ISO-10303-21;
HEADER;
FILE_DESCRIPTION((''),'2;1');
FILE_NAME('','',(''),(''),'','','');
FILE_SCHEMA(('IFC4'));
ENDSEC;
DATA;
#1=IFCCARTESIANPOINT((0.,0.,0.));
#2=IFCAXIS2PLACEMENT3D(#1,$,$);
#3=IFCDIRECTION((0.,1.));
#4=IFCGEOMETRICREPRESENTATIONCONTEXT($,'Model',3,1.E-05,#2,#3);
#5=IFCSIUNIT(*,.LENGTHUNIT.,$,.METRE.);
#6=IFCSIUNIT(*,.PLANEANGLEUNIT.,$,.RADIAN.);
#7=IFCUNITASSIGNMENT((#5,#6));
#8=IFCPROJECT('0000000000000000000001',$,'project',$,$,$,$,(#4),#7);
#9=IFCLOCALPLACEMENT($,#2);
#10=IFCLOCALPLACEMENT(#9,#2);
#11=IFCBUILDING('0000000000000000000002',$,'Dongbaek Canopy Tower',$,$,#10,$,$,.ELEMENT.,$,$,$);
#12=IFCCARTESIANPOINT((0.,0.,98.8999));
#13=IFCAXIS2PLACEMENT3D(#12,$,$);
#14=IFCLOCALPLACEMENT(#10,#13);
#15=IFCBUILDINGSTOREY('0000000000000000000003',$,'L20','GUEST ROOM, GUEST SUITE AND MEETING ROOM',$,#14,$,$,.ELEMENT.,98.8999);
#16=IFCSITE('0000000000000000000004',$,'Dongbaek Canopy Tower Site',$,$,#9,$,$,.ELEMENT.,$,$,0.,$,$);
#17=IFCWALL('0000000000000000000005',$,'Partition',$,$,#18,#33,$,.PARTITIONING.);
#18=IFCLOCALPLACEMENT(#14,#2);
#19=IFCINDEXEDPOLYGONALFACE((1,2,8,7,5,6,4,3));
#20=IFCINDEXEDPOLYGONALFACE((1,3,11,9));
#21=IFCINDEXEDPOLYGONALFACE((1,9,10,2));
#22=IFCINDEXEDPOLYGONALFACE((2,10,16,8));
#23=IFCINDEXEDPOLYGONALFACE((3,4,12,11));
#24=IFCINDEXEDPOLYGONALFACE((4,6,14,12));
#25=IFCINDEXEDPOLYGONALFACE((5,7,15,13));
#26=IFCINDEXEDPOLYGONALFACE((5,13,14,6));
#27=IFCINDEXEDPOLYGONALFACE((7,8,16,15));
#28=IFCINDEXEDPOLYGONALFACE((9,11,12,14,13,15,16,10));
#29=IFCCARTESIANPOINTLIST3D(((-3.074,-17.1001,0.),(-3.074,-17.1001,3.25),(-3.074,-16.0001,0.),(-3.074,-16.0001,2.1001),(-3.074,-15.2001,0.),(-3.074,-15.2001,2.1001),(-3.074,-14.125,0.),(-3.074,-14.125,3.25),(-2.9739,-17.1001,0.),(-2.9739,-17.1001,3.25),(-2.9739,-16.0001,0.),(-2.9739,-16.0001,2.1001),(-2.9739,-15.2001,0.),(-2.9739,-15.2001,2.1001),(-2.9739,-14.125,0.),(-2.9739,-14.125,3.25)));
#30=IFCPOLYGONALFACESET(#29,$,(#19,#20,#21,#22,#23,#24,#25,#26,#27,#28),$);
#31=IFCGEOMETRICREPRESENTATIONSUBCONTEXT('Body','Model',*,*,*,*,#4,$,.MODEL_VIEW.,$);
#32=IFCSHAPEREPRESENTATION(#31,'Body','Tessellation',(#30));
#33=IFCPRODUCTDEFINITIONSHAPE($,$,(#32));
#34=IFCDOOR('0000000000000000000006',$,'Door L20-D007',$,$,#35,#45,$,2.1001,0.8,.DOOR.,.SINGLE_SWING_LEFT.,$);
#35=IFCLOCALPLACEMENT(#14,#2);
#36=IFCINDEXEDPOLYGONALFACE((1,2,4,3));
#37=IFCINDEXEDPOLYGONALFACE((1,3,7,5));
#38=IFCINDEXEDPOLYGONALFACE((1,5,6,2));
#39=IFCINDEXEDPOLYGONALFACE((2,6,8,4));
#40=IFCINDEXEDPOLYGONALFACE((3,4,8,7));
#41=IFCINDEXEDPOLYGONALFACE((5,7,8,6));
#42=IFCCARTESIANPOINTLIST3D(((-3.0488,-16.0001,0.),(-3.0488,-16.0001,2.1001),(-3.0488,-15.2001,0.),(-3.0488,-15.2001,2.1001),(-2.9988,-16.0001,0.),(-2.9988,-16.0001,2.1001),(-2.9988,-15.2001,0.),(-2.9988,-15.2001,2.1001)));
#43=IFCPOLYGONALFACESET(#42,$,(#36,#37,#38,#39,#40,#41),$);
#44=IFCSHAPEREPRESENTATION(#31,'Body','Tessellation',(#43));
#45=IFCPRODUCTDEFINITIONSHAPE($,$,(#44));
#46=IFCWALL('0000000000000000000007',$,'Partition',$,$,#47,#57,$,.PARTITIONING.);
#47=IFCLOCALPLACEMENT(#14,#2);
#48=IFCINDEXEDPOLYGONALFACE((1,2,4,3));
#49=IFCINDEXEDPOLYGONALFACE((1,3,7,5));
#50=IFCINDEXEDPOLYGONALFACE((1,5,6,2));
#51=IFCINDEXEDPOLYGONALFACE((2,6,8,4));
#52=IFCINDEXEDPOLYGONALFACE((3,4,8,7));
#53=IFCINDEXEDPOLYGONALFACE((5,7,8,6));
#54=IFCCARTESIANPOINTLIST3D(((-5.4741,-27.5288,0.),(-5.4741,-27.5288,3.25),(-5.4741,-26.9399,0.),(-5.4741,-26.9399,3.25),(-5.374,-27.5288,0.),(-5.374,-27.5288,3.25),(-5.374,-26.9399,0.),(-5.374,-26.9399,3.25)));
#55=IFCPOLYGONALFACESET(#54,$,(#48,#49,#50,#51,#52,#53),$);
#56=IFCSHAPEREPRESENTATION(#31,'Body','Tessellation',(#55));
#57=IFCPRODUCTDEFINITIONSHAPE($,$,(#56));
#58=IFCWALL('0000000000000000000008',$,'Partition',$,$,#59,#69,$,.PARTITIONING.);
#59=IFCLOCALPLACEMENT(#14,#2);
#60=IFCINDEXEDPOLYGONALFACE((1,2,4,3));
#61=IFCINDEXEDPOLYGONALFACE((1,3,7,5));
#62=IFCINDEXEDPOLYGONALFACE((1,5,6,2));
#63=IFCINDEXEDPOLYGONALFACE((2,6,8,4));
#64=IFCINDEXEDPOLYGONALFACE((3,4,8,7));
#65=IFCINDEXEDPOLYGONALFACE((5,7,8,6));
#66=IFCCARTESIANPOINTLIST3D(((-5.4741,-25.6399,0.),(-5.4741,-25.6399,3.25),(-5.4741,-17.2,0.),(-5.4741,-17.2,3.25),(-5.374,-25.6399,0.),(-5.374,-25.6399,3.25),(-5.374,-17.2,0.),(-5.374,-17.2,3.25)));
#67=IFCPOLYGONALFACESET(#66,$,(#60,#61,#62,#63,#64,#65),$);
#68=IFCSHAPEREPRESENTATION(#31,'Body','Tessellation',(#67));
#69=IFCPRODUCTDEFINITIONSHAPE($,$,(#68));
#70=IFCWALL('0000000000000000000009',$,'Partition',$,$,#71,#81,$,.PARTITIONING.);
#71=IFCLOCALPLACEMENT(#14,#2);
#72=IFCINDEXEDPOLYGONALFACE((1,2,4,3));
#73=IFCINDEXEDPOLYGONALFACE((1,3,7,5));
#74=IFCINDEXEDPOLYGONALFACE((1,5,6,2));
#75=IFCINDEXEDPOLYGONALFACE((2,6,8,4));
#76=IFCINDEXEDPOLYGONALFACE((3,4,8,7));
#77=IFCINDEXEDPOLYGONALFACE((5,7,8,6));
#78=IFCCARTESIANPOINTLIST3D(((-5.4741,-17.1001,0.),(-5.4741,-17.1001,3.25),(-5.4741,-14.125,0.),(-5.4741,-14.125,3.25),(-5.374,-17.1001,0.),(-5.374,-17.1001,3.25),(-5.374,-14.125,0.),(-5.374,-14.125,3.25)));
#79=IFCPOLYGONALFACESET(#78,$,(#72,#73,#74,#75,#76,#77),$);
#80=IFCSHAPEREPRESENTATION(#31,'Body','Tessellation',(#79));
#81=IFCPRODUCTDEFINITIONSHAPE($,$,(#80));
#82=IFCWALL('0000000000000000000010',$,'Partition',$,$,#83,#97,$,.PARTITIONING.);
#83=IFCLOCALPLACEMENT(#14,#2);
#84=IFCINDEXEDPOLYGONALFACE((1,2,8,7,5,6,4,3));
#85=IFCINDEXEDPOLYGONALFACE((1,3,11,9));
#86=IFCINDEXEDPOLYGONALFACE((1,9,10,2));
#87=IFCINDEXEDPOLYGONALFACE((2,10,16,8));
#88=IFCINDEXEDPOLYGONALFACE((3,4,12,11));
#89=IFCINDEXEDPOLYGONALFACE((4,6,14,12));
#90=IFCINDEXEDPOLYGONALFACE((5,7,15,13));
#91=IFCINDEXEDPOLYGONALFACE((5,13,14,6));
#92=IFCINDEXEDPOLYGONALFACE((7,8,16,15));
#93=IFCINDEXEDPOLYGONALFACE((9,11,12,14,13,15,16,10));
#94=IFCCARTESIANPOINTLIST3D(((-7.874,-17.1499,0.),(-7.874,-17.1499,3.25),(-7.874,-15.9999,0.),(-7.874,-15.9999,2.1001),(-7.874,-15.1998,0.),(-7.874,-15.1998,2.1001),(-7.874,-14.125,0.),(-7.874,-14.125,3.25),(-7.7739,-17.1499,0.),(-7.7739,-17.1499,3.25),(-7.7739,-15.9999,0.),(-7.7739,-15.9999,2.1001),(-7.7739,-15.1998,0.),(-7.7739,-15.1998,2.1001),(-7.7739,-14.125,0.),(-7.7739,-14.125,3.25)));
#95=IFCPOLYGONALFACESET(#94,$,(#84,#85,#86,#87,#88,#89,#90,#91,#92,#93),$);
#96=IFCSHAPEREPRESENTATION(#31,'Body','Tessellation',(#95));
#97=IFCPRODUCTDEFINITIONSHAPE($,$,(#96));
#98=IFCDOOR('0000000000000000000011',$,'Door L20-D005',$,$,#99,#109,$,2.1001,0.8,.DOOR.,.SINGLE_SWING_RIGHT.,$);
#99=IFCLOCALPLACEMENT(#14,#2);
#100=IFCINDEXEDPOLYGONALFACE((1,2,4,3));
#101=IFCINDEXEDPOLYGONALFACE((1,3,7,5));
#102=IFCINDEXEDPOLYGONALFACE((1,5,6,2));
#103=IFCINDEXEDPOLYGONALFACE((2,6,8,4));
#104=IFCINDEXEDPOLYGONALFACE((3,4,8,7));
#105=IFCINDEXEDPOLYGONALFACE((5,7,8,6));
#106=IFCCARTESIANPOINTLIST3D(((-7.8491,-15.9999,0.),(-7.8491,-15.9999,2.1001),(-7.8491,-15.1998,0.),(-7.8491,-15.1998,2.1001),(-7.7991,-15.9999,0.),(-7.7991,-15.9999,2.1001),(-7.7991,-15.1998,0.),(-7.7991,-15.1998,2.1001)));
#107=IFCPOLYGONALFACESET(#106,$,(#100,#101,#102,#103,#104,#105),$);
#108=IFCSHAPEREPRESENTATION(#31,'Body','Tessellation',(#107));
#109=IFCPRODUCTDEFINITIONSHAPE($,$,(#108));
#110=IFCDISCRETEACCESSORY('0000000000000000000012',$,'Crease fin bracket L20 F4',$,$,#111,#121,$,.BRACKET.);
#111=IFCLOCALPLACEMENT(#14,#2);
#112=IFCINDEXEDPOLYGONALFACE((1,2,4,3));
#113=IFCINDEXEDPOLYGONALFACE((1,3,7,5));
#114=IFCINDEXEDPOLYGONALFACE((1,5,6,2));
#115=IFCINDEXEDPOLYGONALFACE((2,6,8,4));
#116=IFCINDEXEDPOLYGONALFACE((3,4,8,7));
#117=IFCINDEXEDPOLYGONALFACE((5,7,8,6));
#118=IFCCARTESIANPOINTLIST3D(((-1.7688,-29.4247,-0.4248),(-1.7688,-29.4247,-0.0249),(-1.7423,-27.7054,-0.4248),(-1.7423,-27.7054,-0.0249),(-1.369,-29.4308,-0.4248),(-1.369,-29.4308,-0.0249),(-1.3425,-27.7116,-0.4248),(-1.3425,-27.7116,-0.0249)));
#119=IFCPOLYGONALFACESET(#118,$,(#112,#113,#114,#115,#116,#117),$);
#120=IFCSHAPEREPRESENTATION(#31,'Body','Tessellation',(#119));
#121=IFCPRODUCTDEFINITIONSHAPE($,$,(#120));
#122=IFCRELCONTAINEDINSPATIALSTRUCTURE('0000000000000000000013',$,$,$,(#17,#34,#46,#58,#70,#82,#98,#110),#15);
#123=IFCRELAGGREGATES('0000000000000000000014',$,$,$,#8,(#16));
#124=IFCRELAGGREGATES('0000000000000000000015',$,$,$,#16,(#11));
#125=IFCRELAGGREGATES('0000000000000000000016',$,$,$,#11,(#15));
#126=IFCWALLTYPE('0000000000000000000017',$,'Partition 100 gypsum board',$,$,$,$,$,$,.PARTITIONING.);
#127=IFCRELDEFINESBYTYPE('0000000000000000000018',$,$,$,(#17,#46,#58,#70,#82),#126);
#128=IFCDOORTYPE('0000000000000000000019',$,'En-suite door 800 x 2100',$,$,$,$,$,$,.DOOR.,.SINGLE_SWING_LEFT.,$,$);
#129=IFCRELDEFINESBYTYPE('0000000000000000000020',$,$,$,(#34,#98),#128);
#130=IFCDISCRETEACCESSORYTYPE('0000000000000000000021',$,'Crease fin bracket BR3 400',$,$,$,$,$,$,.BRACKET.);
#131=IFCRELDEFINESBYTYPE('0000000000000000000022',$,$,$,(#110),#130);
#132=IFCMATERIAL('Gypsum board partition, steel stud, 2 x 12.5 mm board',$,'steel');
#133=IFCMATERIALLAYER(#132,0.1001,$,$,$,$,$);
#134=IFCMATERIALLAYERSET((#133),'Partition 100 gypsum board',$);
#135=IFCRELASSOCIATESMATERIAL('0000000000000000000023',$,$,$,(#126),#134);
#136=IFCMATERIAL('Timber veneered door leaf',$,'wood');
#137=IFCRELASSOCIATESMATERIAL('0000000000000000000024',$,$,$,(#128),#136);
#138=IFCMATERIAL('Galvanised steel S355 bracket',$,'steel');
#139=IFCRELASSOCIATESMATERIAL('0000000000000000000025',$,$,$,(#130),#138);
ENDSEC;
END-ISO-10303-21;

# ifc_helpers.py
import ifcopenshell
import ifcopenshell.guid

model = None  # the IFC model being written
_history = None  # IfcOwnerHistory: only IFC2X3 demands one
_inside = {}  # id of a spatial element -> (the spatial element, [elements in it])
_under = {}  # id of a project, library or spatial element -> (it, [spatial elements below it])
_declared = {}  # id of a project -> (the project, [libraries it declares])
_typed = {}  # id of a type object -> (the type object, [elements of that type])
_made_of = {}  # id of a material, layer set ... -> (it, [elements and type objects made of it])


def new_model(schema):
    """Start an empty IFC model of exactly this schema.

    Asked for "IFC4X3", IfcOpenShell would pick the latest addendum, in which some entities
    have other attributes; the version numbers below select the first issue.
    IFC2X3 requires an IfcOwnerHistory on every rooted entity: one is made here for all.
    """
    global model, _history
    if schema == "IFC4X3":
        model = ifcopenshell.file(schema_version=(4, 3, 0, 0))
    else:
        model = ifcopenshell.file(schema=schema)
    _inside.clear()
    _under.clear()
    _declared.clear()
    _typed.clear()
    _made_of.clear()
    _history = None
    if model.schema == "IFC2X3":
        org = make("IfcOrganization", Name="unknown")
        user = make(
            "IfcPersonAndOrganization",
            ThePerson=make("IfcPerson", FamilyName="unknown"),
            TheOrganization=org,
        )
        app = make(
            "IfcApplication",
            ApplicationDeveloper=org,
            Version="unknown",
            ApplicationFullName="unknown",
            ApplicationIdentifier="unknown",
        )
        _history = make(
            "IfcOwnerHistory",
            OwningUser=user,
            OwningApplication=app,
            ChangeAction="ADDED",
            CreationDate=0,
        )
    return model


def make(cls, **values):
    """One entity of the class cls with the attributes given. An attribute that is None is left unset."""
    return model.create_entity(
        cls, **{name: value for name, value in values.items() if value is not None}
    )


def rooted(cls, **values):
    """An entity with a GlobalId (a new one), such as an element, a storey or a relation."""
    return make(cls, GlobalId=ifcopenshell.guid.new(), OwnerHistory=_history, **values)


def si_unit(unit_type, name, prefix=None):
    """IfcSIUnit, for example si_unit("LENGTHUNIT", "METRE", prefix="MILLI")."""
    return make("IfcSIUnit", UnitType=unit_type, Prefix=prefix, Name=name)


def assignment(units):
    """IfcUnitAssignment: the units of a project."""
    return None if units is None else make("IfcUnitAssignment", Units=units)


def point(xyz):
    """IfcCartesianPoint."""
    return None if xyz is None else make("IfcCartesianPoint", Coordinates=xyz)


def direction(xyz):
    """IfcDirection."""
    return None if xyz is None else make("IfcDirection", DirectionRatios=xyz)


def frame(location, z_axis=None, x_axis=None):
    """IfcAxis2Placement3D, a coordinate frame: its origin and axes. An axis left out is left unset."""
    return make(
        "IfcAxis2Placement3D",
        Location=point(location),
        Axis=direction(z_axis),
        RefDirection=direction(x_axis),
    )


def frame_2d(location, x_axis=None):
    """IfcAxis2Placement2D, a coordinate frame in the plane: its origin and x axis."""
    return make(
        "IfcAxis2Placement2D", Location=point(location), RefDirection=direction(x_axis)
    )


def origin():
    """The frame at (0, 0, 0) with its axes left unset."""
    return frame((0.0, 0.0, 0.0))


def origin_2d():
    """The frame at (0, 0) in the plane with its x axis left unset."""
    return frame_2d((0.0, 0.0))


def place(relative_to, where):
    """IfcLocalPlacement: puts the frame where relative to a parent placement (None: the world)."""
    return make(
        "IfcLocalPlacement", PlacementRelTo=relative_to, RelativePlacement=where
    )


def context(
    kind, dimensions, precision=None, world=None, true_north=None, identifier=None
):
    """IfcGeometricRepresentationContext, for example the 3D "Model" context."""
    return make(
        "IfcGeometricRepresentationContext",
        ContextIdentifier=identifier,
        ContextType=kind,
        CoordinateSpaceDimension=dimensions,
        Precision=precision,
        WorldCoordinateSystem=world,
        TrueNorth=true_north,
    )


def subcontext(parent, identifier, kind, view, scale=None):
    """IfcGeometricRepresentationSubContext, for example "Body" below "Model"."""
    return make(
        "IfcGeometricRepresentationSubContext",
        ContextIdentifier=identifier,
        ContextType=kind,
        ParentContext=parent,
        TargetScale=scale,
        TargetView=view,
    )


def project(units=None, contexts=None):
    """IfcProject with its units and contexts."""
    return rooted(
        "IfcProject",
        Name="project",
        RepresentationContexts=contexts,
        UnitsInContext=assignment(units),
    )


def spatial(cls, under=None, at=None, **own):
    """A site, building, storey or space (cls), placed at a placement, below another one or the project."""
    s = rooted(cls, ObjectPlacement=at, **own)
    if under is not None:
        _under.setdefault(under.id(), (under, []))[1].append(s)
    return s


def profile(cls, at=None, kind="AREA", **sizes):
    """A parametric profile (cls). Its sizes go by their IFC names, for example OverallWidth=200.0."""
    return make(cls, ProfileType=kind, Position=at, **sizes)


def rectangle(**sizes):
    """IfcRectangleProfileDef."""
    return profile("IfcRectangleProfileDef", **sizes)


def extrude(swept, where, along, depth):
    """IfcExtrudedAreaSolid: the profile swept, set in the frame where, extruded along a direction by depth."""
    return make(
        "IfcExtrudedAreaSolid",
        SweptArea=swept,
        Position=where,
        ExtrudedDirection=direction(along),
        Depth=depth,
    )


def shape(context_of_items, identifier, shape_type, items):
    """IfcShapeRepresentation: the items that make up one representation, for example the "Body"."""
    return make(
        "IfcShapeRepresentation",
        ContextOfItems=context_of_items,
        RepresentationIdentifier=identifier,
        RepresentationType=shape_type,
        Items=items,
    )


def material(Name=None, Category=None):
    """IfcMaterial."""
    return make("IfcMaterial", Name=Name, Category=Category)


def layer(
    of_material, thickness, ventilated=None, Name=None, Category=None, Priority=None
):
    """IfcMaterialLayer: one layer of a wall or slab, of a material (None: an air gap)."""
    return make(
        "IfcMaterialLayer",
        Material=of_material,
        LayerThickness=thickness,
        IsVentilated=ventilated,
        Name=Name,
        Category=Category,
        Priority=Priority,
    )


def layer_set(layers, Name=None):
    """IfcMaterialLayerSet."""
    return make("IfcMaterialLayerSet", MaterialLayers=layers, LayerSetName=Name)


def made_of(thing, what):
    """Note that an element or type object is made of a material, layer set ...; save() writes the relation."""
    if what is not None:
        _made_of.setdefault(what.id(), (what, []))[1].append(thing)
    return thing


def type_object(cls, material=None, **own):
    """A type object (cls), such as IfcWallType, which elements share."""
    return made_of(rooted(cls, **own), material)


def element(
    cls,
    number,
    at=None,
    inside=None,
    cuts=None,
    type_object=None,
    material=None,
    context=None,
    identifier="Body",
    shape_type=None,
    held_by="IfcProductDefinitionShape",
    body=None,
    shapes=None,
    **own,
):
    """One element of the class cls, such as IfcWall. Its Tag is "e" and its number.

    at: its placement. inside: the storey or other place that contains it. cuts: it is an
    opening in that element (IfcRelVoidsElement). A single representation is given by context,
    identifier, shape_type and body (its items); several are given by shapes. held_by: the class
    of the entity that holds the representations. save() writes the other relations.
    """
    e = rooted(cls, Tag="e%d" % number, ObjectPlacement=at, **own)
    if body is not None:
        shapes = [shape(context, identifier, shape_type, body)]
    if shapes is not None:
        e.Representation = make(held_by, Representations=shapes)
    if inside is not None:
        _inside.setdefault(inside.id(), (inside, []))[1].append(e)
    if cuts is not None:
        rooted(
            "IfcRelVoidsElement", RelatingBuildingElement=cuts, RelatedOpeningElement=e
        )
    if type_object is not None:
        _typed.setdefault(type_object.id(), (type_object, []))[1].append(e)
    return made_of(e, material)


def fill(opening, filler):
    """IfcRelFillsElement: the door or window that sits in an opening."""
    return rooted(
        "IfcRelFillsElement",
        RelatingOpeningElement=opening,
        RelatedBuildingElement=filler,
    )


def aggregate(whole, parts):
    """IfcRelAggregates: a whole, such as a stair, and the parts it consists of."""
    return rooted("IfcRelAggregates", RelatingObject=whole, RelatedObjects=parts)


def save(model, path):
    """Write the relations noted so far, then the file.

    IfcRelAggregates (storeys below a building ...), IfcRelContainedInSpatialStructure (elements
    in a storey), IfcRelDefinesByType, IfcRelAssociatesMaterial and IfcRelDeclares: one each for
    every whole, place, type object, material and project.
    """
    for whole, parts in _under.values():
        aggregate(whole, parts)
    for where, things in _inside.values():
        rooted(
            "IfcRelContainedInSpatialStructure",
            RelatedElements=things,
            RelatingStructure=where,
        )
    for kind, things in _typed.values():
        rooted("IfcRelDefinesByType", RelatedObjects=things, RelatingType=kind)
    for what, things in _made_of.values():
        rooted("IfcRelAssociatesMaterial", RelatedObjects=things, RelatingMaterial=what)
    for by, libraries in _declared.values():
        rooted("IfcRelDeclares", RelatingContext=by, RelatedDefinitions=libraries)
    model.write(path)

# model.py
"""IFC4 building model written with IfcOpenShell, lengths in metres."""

from ifc_helpers import new_model, si_unit, direction, frame, frame_2d, origin, origin_2d, place, context, subcontext, project, spatial, rectangle, extrude, material, layer, layer_set, type_object, element, fill, save


model = new_model("IFC4")

# Units and contexts
model_context = context("Model", 3, precision=1e-05, world=origin(), true_north=direction((0.0, 1.0)))
body_context = subcontext(model_context, "Body", "Model", "MODEL_VIEW")
ifc_project = project(units=[si_unit("LENGTHUNIT", "METRE"), si_unit("PLANEANGLEUNIT", "RADIAN")], contexts=[model_context])

# Site, building, storey
site_placement = place(None, origin())
site = spatial("IfcSite", under=ifc_project, at=site_placement, Name="Dongbaek Canopy Tower Site", CompositionType="ELEMENT", RefElevation=0.0)
building_placement = place(site_placement, origin())
building = spatial("IfcBuilding", under=site, at=building_placement, Name="Dongbaek Canopy Tower", CompositionType="ELEMENT")
storey_placement = place(building_placement, frame((0.0, 0.0, 98.8999)))
storey = spatial("IfcBuildingStorey", under=building, at=storey_placement, Name="L20", Description="GUEST ROOM, GUEST SUITE AND MEETING ROOM", CompositionType="ELEMENT", Elevation=98.8999)

# Shared definitions
ifc_material_1 = material(Name="Gypsum board partition, steel stud, 2 x 12.5 mm board", Category="steel")
ifc_layer_1 = layer(ifc_material_1, 0.1001)
ifc_layer_set_1 = layer_set([ifc_layer_1], Name="Partition 100 gypsum board")
wall_type_1 = type_object("IfcWallType", Name="Partition 100 gypsum board", PredefinedType="PARTITIONING", material=ifc_layer_set_1)

# Wall, opening, door
wall_1_placement = place(storey_placement, frame((-3.0239, -17.1001, 0.0), z_axis=(0.0, 0.0, 1.0), x_axis=(0.0, 1.0, 0.0)))
wall_1 = element("IfcWall", 1, at=wall_1_placement, inside=storey, type_object=wall_type_1, Name="Partition", PredefinedType="PARTITIONING", context=body_context, shape_type="SweptSolid", body=[
    extrude(rectangle(XDim=2.9751, YDim=0.1001, at=frame_2d((1.4875, 0.0))), origin(), (0.0, 0.0, 1.0), 3.25),
])
opening_1_placement = place(wall_1_placement, frame((1.1001, 0.0, 0.0)))
opening_1 = element("IfcOpeningElement", 2, at=opening_1_placement, cuts=wall_1, PredefinedType="OPENING", context=body_context, shape_type="SweptSolid", body=[
    extrude(rectangle(XDim=0.8, YDim=2.1001, at=frame_2d((0.3999, 1.05))), frame((0.0, 0.0601, 0.0), z_axis=(0.0, -1.0, 0.0), x_axis=(1.0, 0.0, 0.0)), (0.0, 0.0, 1.0), 0.1201),
])
ifc_material_2 = material(Name="Timber veneered door leaf", Category="wood")
door_type_1 = type_object("IfcDoorType", Name="En-suite door 800 x 2100", OperationType="SINGLE_SWING_LEFT", PredefinedType="DOOR", material=ifc_material_2)
door_1_placement = place(opening_1_placement, origin())
door_1 = element("IfcDoor", 3, at=door_1_placement, inside=storey, type_object=door_type_1, Name="Door L20-D007", OperationType="SINGLE_SWING_LEFT", OverallHeight=2.1001, OverallWidth=0.8, PredefinedType="DOOR", context=body_context, shape_type="SweptSolid", body=[
    extrude(rectangle(XDim=0.8, YDim=2.1001, at=frame_2d((0.3999, 1.05))), frame((0.0, 0.0249, 0.0), z_axis=(0.0, -1.0, 0.0), x_axis=(1.0, 0.0, 0.0)), (0.0, 0.0, 1.0), 0.05),
])
fill(opening_1, door_1)

# Walls
wall_2_placement = place(storey_placement, frame((-5.4241, -27.5288, 0.0), z_axis=(0.0, 0.0, 1.0), x_axis=(0.0, 1.0, 0.0)))
element("IfcWall", 4, at=wall_2_placement, inside=storey, type_object=wall_type_1, Name="Partition", PredefinedType="PARTITIONING", context=body_context, shape_type="SweptSolid", body=[
    extrude(rectangle(XDim=0.5889, YDim=0.1001, at=frame_2d((0.2944, 0.0))), origin(), (0.0, 0.0, 1.0), 3.25),
])
wall_3_placement = place(storey_placement, frame((-5.4241, -25.6399, 0.0), z_axis=(0.0, 0.0, 1.0), x_axis=(0.0, 1.0, 0.0)))
element("IfcWall", 5, at=wall_3_placement, inside=storey, type_object=wall_type_1, Name="Partition", PredefinedType="PARTITIONING", context=body_context, shape_type="SweptSolid", body=[
    extrude(rectangle(XDim=8.4399, YDim=0.1001, at=frame_2d((4.22, 0.0))), origin(), (0.0, 0.0, 1.0), 3.25),
])
wall_4_placement = place(storey_placement, frame((-5.4241, -17.1001, 0.0), z_axis=(0.0, 0.0, 1.0), x_axis=(0.0, 1.0, 0.0)))
element("IfcWall", 6, at=wall_4_placement, inside=storey, type_object=wall_type_1, Name="Partition", PredefinedType="PARTITIONING", context=body_context, shape_type="SweptSolid", body=[
    extrude(rectangle(XDim=2.9751, YDim=0.1001, at=frame_2d((1.4875, 0.0))), origin(), (0.0, 0.0, 1.0), 3.25),
])

# Wall, opening, door
wall_5_placement = place(storey_placement, frame((-7.824, -14.125, 0.0), z_axis=(0.0, 0.0, 1.0), x_axis=(0.0, -1.0, 0.0)))
wall_5 = element("IfcWall", 7, at=wall_5_placement, inside=storey, type_object=wall_type_1, Name="Partition", PredefinedType="PARTITIONING", context=body_context, shape_type="SweptSolid", body=[
    extrude(rectangle(XDim=3.0249, YDim=0.1001, at=frame_2d((1.5125, 0.0))), origin(), (0.0, 0.0, 1.0), 3.25),
])
opening_2_placement = place(wall_5_placement, frame((1.075, 0.0, 0.0)))
opening_2 = element("IfcOpeningElement", 8, at=opening_2_placement, cuts=wall_5, PredefinedType="OPENING", context=body_context, shape_type="SweptSolid", body=[
    extrude(rectangle(XDim=0.8, YDim=2.1001, at=frame_2d((0.3999, 1.05))), frame((0.0, 0.0601, 0.0), z_axis=(0.0, -1.0, 0.0), x_axis=(1.0, 0.0, 0.0)), (0.0, 0.0, 1.0), 0.1201),
])
door_2_placement = place(opening_2_placement, origin())
door_2 = element("IfcDoor", 9, at=door_2_placement, inside=storey, type_object=door_type_1, Name="Door L20-D005", OperationType="SINGLE_SWING_RIGHT", OverallHeight=2.1001, OverallWidth=0.8, PredefinedType="DOOR", context=body_context, shape_type="SweptSolid", body=[
    extrude(rectangle(XDim=0.8, YDim=2.1001, at=frame_2d((0.3999, 1.05))), frame((0.0, 0.0249, 0.0), z_axis=(0.0, -1.0, 0.0), x_axis=(1.0, 0.0, 0.0)), (0.0, 0.0, 1.0), 0.05),
])
fill(opening_2, door_2)

# Discrete accessory
ifc_material_3 = material(Name="Galvanised steel S355 bracket", Category="steel")
discrete_accessory_type = type_object("IfcDiscreteAccessoryType", Name="Crease fin bracket BR3 400", PredefinedType="BRACKET", material=ifc_material_3)
discrete_accessory_placement = place(storey_placement, frame((-1.5557, -28.5681, -0.4248), z_axis=(0.0, 0.0, 1.0), x_axis=(-0.015412, -0.999881, 0.0)))
element("IfcDiscreteAccessory", 10, at=discrete_accessory_placement, inside=storey, type_object=discrete_accessory_type, Name="Crease fin bracket L20 F4", PredefinedType="BRACKET", context=body_context, shape_type="SweptSolid", body=[
    extrude(rectangle(XDim=1.7195, YDim=0.3999, at=origin_2d()), origin(), (0.0, 0.0, 1.0), 0.3999),
])

save(model, "model.ifc")
